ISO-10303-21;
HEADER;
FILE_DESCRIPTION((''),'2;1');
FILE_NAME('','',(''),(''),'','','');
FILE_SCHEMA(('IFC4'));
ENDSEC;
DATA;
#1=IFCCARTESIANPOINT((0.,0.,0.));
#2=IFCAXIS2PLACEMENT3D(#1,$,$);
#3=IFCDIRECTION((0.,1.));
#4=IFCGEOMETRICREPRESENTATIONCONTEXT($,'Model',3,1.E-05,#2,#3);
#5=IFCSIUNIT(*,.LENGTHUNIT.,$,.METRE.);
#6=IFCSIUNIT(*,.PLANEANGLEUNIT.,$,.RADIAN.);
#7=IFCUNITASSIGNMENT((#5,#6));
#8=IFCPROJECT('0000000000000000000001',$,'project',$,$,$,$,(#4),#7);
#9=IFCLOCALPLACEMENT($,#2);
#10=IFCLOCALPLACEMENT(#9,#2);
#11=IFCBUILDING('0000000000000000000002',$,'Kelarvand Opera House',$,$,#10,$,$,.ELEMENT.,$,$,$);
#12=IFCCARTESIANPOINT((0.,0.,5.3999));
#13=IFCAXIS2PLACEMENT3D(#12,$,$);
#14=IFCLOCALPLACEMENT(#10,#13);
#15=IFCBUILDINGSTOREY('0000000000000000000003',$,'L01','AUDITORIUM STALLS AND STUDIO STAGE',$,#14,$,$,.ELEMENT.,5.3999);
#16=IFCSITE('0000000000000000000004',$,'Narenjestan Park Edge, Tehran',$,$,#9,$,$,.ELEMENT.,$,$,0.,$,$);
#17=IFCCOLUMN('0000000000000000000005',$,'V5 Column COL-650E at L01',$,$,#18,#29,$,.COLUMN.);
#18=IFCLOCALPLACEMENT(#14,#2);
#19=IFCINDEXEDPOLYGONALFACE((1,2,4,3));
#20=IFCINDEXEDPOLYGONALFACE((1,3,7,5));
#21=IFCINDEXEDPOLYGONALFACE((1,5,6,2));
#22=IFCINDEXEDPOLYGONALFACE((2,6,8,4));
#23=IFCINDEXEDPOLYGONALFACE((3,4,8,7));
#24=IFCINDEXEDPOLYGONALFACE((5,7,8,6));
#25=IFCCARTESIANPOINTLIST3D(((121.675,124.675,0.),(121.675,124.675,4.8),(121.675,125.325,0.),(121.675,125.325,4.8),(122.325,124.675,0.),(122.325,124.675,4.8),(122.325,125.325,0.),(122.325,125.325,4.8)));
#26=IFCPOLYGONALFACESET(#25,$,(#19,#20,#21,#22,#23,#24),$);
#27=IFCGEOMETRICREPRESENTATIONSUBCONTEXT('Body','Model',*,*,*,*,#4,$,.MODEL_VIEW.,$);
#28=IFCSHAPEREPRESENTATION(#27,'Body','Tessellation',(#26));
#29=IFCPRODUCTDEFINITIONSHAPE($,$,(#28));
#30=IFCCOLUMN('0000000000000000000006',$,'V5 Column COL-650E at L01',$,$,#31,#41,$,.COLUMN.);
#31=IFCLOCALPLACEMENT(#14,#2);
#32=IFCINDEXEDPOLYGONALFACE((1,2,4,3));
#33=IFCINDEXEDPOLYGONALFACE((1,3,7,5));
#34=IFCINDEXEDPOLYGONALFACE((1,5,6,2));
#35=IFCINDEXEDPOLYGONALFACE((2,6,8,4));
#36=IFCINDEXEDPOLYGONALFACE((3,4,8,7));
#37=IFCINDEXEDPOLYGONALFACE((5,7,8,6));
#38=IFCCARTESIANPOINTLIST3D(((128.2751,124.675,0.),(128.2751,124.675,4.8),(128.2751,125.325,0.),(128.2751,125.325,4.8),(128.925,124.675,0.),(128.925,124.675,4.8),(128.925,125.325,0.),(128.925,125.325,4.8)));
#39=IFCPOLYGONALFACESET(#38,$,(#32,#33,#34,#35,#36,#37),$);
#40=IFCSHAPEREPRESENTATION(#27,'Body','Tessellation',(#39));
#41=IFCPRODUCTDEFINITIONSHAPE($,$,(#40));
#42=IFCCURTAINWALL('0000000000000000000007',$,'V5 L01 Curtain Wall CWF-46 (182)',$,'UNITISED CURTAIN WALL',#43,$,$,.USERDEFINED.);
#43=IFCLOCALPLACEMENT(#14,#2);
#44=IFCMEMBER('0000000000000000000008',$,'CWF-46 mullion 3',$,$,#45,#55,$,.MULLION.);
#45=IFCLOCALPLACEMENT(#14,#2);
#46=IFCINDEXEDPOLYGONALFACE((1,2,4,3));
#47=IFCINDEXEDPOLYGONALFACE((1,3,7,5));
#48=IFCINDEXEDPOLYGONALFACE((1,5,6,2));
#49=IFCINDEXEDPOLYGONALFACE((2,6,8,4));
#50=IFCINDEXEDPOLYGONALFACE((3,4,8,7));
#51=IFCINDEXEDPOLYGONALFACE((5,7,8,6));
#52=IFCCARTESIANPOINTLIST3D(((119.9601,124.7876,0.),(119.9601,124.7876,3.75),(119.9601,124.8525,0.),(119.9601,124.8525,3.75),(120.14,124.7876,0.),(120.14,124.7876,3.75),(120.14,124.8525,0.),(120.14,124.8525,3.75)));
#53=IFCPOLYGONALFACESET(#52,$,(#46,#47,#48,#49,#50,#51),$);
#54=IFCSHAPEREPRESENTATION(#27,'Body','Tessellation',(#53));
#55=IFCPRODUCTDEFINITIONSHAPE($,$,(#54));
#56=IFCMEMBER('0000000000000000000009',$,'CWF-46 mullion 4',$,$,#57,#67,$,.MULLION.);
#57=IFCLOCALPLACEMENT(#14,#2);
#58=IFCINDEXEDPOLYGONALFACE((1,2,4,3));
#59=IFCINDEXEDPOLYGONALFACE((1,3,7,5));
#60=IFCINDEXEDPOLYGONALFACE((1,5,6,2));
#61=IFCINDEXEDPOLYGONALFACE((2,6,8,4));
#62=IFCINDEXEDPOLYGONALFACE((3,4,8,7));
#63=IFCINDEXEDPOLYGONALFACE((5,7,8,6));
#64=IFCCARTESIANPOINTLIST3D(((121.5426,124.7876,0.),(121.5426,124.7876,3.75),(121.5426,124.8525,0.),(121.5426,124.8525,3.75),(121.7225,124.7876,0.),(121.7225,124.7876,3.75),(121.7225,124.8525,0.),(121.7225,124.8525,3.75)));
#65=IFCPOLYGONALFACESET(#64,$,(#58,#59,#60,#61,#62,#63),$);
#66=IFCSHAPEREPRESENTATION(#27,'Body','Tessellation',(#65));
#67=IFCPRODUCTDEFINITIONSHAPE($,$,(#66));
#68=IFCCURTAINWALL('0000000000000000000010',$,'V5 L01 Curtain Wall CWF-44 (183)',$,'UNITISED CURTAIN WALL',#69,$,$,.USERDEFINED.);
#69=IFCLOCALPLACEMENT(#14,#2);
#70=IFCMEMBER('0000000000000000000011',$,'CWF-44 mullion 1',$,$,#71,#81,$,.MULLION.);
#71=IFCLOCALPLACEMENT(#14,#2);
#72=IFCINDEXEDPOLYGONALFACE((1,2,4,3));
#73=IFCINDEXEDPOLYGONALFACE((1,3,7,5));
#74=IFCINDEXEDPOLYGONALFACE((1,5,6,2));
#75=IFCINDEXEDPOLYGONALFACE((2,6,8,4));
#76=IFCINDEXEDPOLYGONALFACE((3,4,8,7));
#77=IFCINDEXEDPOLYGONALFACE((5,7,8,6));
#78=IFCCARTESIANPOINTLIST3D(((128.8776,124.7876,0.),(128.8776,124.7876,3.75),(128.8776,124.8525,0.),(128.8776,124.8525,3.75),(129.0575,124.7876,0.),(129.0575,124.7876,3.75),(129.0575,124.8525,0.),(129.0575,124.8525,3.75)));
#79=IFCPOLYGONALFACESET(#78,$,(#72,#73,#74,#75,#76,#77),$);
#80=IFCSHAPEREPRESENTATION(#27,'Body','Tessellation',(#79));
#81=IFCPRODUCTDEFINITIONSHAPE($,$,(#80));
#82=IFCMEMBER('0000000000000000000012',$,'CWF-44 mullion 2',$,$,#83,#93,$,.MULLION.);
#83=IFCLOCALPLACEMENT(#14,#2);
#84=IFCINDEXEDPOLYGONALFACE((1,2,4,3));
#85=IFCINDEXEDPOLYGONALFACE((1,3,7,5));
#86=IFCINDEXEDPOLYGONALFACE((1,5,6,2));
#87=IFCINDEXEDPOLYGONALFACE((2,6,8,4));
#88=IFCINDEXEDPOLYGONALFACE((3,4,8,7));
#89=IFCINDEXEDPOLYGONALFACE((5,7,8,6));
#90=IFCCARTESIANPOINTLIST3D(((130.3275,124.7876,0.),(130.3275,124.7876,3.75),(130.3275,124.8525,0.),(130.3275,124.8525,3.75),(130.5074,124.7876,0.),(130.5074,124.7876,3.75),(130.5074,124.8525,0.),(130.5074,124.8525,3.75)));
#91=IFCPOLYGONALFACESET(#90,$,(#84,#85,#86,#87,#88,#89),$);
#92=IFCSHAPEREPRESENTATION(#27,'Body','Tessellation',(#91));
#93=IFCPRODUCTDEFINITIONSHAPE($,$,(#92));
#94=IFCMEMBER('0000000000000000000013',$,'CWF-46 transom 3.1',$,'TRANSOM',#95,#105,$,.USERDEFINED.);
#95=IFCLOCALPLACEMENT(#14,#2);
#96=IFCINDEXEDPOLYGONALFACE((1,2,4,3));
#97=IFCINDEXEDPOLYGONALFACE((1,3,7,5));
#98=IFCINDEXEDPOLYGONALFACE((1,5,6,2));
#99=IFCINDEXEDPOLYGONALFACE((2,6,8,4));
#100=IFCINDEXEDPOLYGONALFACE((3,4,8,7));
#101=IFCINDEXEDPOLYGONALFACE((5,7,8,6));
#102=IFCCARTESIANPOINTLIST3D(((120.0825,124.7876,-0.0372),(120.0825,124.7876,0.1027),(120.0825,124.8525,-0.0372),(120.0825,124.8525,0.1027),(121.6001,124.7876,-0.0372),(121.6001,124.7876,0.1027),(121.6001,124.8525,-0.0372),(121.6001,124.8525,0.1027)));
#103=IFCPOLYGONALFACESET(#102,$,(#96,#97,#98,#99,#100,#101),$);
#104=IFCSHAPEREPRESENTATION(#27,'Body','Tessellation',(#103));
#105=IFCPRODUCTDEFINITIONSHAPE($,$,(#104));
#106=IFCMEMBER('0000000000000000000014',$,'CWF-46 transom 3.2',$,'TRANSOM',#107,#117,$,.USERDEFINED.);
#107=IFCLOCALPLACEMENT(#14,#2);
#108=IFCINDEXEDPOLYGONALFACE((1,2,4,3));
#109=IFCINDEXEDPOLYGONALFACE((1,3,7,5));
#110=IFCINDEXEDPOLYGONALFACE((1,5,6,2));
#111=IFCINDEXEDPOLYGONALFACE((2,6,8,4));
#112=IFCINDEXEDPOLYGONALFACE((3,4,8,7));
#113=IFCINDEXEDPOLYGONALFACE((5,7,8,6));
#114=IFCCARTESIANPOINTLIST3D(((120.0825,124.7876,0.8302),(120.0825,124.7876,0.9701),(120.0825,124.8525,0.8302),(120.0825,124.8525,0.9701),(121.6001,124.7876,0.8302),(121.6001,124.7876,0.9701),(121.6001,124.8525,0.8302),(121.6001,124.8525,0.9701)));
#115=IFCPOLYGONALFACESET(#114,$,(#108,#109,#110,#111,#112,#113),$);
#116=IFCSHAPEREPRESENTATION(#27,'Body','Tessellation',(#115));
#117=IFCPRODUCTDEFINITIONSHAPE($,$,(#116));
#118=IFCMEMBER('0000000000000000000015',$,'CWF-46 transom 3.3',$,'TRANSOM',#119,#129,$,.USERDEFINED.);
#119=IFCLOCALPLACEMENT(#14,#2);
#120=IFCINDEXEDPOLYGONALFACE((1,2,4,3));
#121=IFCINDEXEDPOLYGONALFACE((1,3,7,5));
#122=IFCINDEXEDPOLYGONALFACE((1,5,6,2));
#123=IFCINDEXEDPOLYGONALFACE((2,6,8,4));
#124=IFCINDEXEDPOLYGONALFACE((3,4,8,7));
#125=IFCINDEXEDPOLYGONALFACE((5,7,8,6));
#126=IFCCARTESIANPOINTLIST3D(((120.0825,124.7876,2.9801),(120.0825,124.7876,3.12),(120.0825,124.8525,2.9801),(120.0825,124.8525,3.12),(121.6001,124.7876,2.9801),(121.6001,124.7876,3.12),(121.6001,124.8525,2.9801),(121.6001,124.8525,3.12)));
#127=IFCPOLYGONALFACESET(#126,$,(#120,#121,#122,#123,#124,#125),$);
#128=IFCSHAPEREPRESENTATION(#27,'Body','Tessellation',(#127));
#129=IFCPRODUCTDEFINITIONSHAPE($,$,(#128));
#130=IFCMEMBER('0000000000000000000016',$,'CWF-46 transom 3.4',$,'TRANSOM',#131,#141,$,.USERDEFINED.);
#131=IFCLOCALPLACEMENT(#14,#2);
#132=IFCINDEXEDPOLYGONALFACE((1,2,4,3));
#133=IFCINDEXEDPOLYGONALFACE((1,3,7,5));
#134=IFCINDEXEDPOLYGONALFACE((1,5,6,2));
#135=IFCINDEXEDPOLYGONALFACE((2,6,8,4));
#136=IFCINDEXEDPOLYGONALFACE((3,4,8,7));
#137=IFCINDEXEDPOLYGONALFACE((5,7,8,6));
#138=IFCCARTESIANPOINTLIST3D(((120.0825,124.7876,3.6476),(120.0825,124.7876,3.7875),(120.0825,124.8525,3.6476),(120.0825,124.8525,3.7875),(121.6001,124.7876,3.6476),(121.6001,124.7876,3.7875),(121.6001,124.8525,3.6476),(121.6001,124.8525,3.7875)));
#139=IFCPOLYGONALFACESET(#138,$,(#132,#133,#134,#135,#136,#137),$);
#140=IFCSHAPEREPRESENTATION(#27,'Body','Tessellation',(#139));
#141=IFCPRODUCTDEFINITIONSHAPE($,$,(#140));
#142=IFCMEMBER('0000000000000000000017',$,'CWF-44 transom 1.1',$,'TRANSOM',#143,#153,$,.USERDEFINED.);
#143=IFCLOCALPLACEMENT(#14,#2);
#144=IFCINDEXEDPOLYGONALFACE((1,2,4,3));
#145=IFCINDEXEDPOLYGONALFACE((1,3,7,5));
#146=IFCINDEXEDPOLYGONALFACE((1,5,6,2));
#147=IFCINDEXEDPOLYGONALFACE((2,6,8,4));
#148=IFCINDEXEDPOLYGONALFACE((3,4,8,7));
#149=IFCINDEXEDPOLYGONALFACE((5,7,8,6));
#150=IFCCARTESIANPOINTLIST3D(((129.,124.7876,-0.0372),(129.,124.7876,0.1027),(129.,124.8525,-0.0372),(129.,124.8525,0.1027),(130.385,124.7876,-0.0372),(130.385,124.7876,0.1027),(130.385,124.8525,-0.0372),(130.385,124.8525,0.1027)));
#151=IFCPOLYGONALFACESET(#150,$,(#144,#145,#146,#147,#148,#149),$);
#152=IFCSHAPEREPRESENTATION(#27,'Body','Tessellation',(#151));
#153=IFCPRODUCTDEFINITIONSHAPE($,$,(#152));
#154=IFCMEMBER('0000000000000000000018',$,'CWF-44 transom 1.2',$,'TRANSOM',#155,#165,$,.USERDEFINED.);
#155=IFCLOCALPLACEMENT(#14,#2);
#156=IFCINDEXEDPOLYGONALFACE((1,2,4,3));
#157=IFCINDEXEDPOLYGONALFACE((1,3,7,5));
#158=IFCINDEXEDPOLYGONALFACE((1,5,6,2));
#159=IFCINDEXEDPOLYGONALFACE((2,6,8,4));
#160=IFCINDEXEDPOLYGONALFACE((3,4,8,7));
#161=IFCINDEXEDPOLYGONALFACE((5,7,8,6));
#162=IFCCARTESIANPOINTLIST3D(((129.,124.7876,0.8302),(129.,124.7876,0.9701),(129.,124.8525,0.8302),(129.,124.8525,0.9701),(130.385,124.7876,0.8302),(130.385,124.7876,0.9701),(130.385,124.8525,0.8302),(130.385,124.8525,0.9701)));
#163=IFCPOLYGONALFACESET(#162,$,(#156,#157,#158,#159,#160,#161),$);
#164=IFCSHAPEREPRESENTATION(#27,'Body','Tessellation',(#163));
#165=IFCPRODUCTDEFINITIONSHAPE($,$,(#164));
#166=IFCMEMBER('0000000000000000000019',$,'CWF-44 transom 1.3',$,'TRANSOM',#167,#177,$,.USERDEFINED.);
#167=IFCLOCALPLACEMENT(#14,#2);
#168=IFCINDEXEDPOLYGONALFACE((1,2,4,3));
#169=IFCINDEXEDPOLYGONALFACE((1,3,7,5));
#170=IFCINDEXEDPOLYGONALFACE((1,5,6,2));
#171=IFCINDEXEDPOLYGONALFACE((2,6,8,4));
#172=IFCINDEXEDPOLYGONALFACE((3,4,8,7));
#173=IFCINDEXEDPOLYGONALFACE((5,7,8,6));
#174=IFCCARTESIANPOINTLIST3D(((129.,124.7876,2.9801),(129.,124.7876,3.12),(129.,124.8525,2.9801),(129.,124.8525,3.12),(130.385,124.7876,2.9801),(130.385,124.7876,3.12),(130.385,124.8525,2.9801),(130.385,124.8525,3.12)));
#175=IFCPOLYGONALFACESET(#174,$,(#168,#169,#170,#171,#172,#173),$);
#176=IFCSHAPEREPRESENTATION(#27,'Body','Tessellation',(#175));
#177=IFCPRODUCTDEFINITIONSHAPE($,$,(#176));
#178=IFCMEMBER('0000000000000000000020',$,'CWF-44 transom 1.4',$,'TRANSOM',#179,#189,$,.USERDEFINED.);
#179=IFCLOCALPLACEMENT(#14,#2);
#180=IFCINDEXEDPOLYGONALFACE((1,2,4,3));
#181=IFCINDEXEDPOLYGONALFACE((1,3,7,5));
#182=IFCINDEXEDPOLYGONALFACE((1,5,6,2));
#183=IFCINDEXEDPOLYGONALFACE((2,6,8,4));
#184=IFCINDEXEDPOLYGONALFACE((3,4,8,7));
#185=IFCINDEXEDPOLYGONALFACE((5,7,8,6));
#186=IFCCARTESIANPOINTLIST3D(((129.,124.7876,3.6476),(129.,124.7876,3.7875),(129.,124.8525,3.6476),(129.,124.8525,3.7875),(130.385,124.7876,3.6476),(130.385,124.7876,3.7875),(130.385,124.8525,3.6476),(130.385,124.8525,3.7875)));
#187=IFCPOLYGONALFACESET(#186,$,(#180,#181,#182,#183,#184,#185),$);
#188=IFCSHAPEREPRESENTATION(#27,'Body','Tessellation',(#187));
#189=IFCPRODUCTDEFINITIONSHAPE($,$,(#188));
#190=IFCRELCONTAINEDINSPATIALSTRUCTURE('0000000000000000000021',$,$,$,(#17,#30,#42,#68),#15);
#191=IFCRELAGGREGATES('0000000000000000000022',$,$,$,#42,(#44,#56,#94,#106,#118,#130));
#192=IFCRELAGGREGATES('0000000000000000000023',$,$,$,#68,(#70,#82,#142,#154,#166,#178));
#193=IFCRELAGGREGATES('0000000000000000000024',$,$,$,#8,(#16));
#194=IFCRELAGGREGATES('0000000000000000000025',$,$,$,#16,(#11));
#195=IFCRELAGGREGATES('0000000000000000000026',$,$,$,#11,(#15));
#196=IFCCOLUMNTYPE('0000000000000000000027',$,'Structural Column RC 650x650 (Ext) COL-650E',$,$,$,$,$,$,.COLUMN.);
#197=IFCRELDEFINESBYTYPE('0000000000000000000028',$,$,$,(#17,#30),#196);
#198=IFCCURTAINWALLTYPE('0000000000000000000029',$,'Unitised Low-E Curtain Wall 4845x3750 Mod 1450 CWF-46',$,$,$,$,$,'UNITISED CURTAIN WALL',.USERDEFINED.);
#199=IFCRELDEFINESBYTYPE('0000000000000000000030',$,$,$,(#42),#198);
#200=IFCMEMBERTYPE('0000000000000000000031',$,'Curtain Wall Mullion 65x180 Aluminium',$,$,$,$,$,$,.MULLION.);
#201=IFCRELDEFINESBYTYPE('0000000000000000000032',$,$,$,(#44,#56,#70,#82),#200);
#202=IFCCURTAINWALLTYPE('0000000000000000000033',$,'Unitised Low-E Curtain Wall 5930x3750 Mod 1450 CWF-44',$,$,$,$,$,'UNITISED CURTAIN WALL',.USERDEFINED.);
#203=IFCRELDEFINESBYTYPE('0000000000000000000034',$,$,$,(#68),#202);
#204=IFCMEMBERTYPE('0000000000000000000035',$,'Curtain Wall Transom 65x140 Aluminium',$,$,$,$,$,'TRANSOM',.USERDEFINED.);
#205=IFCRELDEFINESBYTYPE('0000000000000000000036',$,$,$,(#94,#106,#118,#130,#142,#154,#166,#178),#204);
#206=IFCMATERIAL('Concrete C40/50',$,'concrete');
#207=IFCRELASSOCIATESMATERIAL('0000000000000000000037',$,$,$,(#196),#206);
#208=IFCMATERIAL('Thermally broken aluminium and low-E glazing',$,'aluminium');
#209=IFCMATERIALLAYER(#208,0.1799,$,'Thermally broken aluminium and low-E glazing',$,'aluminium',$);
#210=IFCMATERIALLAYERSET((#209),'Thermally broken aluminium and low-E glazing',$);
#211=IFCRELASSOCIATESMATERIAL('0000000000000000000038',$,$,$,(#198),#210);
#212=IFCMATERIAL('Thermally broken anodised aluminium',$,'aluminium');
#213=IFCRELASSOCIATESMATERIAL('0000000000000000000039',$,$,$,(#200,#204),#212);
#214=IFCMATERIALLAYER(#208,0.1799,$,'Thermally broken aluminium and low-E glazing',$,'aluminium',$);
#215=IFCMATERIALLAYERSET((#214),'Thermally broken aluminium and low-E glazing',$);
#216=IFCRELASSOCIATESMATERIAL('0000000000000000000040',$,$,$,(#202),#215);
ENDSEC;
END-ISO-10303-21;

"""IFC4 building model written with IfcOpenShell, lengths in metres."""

from ifc_helpers import new_model, si_unit, direction, frame, origin, origin_2d, place, context, subcontext, project, spatial, rectangle, extrude, material, layer, layer_set, material_profile, profile_set, type_object, element, aggregate, save


model = new_model("IFC4")

# Units and contexts
model_context = context("Model", 3, precision=1e-05, world=origin(), true_north=direction((0.0, 1.0)))
body_context = subcontext(model_context, "Body", "Model", "MODEL_VIEW")
ifc_project = project(units=[si_unit("LENGTHUNIT", "METRE"), si_unit("PLANEANGLEUNIT", "RADIAN")], contexts=[model_context])

# Site, building, storey
site_placement = place(None, origin())
site = spatial("IfcSite", under=ifc_project, at=site_placement, Name="Narenjestan Park Edge, Tehran", CompositionType="ELEMENT", RefElevation=0.0)
building_placement = place(site_placement, origin())
building = spatial("IfcBuilding", under=site, at=building_placement, Name="Kelarvand Opera House", CompositionType="ELEMENT")
storey_placement = place(building_placement, frame((0.0, 0.0, 5.3999)))
storey = spatial("IfcBuildingStorey", under=building, at=storey_placement, Name="L01", Description="AUDITORIUM STALLS AND STUDIO STAGE", CompositionType="ELEMENT", Elevation=5.3999)

# Columns
ifc_material_1 = material(Name="Concrete C40/50", Category="concrete")
ifc_material_profile_1 = material_profile(ifc_material_1, rectangle(XDim=0.6499, YDim=0.6499, at=origin_2d()), Name="RC 650x650", Category="concrete")
ifc_profile_set_1 = profile_set([ifc_material_profile_1], Name="Concrete C40/50")
column_type = type_object("IfcColumnType", Name="Structural Column RC 650x650 (Ext) COL-650E", PredefinedType="COLUMN", material=ifc_profile_set_1)
for number, where, z_axis, x_axis, name in (
    (1, (122.0, 125.0, 0.0), (0.0, 0.0, 1.0), (1.0, 0.0, 0.0), "V5 Column COL-650E at L01"),
    (2, (128.6001, 125.0, 0.0), (0.0, 0.0, 1.0), (1.0, 0.0, 0.0), "V5 Column COL-650E at L01"),
):
    element("IfcColumn", number, at=place(storey_placement, frame(where, z_axis=z_axis, x_axis=x_axis)), inside=storey, type_object=column_type, Name=name, PredefinedType="COLUMN", context=body_context, shape_type="SweptSolid", body=[
        extrude(rectangle(XDim=0.6499, YDim=0.6499, at=origin_2d()), origin(), (0.0, 0.0, 1.0), 4.8),
    ])

# Curtain walls, members
ifc_material_2 = material(Name="Thermally broken aluminium and low-E glazing", Category="aluminium")
ifc_layer_1 = layer(ifc_material_2, 0.1799, Name="Thermally broken aluminium and low-E glazing", Category="aluminium")
ifc_layer_set_1 = layer_set([ifc_layer_1], Name="Thermally broken aluminium and low-E glazing")
curtain_wall_type_1 = type_object("IfcCurtainWallType", Name="Unitised Low-E Curtain Wall 4845x3750 Mod 1450 CWF-46", ElementType="UNITISED CURTAIN WALL", PredefinedType="USERDEFINED", material=ifc_layer_set_1)
curtain_wall_1_placement = place(storey_placement, origin())
curtain_wall_1 = element("IfcCurtainWall", 3, at=curtain_wall_1_placement, inside=storey, type_object=curtain_wall_type_1, Name="V5 L01 Curtain Wall CWF-46 (182)", ObjectType="UNITISED CURTAIN WALL", PredefinedType="USERDEFINED")
ifc_material_3 = material(Name="Thermally broken anodised aluminium", Category="aluminium")
ifc_material_profile_2 = material_profile(ifc_material_3, rectangle(XDim=0.0649, YDim=0.1799, at=origin_2d()), Name="ALU MULLION 65x180", Category="aluminium")
ifc_profile_set_2 = profile_set([ifc_material_profile_2], Name="Thermally broken anodised aluminium")
member_type_1 = type_object("IfcMemberType", Name="Curtain Wall Mullion 65x180 Aluminium", PredefinedType="MULLION", material=ifc_profile_set_2)
member_1_placement = place(storey_placement, frame((120.05, 124.8201, 0.0), z_axis=(0.0, 0.0, 1.0), x_axis=(0.0, 1.0, 0.0)))
member_1 = element("IfcMember", 4, at=member_1_placement, type_object=member_type_1, Name="CWF-46 mullion 3", PredefinedType="MULLION", context=body_context, shape_type="SweptSolid", body=[
    extrude(rectangle(XDim=0.0649, YDim=0.1799, at=origin_2d()), origin(), (0.0, 0.0, 1.0), 3.75),
])
member_2_placement = place(storey_placement, frame((121.6326, 124.8201, 0.0), z_axis=(0.0, 0.0, 1.0), x_axis=(0.0, 1.0, 0.0)))
member_2 = element("IfcMember", 5, at=member_2_placement, type_object=member_type_1, Name="CWF-46 mullion 4", PredefinedType="MULLION", context=body_context, shape_type="SweptSolid", body=[
    extrude(rectangle(XDim=0.0649, YDim=0.1799, at=origin_2d()), origin(), (0.0, 0.0, 1.0), 3.75),
])
ifc_layer_2 = layer(ifc_material_2, 0.1799, Name="Thermally broken aluminium and low-E glazing", Category="aluminium")
ifc_layer_set_2 = layer_set([ifc_layer_2], Name="Thermally broken aluminium and low-E glazing")
curtain_wall_type_2 = type_object("IfcCurtainWallType", Name="Unitised Low-E Curtain Wall 5930x3750 Mod 1450 CWF-44", ElementType="UNITISED CURTAIN WALL", PredefinedType="USERDEFINED", material=ifc_layer_set_2)
curtain_wall_2_placement = place(storey_placement, origin())
curtain_wall_2 = element("IfcCurtainWall", 6, at=curtain_wall_2_placement, inside=storey, type_object=curtain_wall_type_2, Name="V5 L01 Curtain Wall CWF-44 (183)", ObjectType="UNITISED CURTAIN WALL", PredefinedType="USERDEFINED")
member_3_placement = place(storey_placement, frame((128.9675, 124.8201, 0.0), z_axis=(0.0, 0.0, 1.0), x_axis=(0.0, 1.0, 0.0)))
member_3 = element("IfcMember", 7, at=member_3_placement, type_object=member_type_1, Name="CWF-44 mullion 1", PredefinedType="MULLION", context=body_context, shape_type="SweptSolid", body=[
    extrude(rectangle(XDim=0.0649, YDim=0.1799, at=origin_2d()), origin(), (0.0, 0.0, 1.0), 3.75),
])
member_4_placement = place(storey_placement, frame((130.4175, 124.8201, 0.0), z_axis=(0.0, 0.0, 1.0), x_axis=(0.0, 1.0, 0.0)))
member_4 = element("IfcMember", 8, at=member_4_placement, type_object=member_type_1, Name="CWF-44 mullion 2", PredefinedType="MULLION", context=body_context, shape_type="SweptSolid", body=[
    extrude(rectangle(XDim=0.0649, YDim=0.1799, at=origin_2d()), origin(), (0.0, 0.0, 1.0), 3.75),
])

# Members
ifc_material_profile_3 = material_profile(ifc_material_3, rectangle(XDim=0.0649, YDim=0.1399, at=origin_2d()), Name="ALU TRANSOM 65x140", Category="aluminium")
ifc_profile_set_3 = profile_set([ifc_material_profile_3], Name="Thermally broken anodised aluminium")
member_type_2 = type_object("IfcMemberType", Name="Curtain Wall Transom 65x140 Aluminium", ElementType="TRANSOM", PredefinedType="USERDEFINED", material=ifc_profile_set_3)
member_5_placement = place(storey_placement, frame((120.0825, 124.8201, 0.0327), z_axis=(1.0, 0.0, 0.0), x_axis=(0.0, 1.0, 0.0)))
member_5 = element("IfcMember", 9, at=member_5_placement, type_object=member_type_2, Name="CWF-46 transom 3.1", ObjectType="TRANSOM", PredefinedType="USERDEFINED", context=body_context, shape_type="SweptSolid", body=[
    extrude(rectangle(XDim=0.0649, YDim=0.1399, at=origin_2d()), origin(), (0.0, 0.0, 1.0), 1.5176),
])
member_6_placement = place(storey_placement, frame((120.0825, 124.8201, 0.9001), z_axis=(1.0, 0.0, 0.0), x_axis=(0.0, 1.0, 0.0)))
member_6 = element("IfcMember", 10, at=member_6_placement, type_object=member_type_2, Name="CWF-46 transom 3.2", ObjectType="TRANSOM", PredefinedType="USERDEFINED", context=body_context, shape_type="SweptSolid", body=[
    extrude(rectangle(XDim=0.0649, YDim=0.1399, at=origin_2d()), origin(), (0.0, 0.0, 1.0), 1.5176),
])
member_7_placement = place(storey_placement, frame((120.0825, 124.8201, 3.05), z_axis=(1.0, 0.0, 0.0), x_axis=(0.0, 1.0, 0.0)))
member_7 = element("IfcMember", 11, at=member_7_placement, type_object=member_type_2, Name="CWF-46 transom 3.3", ObjectType="TRANSOM", PredefinedType="USERDEFINED", context=body_context, shape_type="SweptSolid", body=[
    extrude(rectangle(XDim=0.0649, YDim=0.1399, at=origin_2d()), origin(), (0.0, 0.0, 1.0), 1.5176),
])
member_8_placement = place(storey_placement, frame((120.0825, 124.8201, 3.7175), z_axis=(1.0, 0.0, 0.0), x_axis=(0.0, 1.0, 0.0)))
member_8 = element("IfcMember", 12, at=member_8_placement, type_object=member_type_2, Name="CWF-46 transom 3.4", ObjectType="TRANSOM", PredefinedType="USERDEFINED", context=body_context, shape_type="SweptSolid", body=[
    extrude(rectangle(XDim=0.0649, YDim=0.1399, at=origin_2d()), origin(), (0.0, 0.0, 1.0), 1.5176),
])
member_9_placement = place(storey_placement, frame((129.0, 124.8201, 0.0327), z_axis=(1.0, 0.0, 0.0), x_axis=(0.0, 1.0, 0.0)))
member_9 = element("IfcMember", 13, at=member_9_placement, type_object=member_type_2, Name="CWF-44 transom 1.1", ObjectType="TRANSOM", PredefinedType="USERDEFINED", context=body_context, shape_type="SweptSolid", body=[
    extrude(rectangle(XDim=0.0649, YDim=0.1399, at=origin_2d()), origin(), (0.0, 0.0, 1.0), 1.385),
])
member_10_placement = place(storey_placement, frame((129.0, 124.8201, 0.9001), z_axis=(1.0, 0.0, 0.0), x_axis=(0.0, 1.0, 0.0)))
member_10 = element("IfcMember", 14, at=member_10_placement, type_object=member_type_2, Name="CWF-44 transom 1.2", ObjectType="TRANSOM", PredefinedType="USERDEFINED", context=body_context, shape_type="SweptSolid", body=[
    extrude(rectangle(XDim=0.0649, YDim=0.1399, at=origin_2d()), origin(), (0.0, 0.0, 1.0), 1.385),
])
member_11_placement = place(storey_placement, frame((129.0, 124.8201, 3.05), z_axis=(1.0, 0.0, 0.0), x_axis=(0.0, 1.0, 0.0)))
member_11 = element("IfcMember", 15, at=member_11_placement, type_object=member_type_2, Name="CWF-44 transom 1.3", ObjectType="TRANSOM", PredefinedType="USERDEFINED", context=body_context, shape_type="SweptSolid", body=[
    extrude(rectangle(XDim=0.0649, YDim=0.1399, at=origin_2d()), origin(), (0.0, 0.0, 1.0), 1.385),
])
member_12_placement = place(storey_placement, frame((129.0, 124.8201, 3.7175), z_axis=(1.0, 0.0, 0.0), x_axis=(0.0, 1.0, 0.0)))
member_12 = element("IfcMember", 16, at=member_12_placement, type_object=member_type_2, Name="CWF-44 transom 1.4", ObjectType="TRANSOM", PredefinedType="USERDEFINED", context=body_context, shape_type="SweptSolid", body=[
    extrude(rectangle(XDim=0.0649, YDim=0.1399, at=origin_2d()), origin(), (0.0, 0.0, 1.0), 1.385),
])

aggregate(curtain_wall_1, [member_1, member_2, member_5, member_6, member_7, member_8])
aggregate(curtain_wall_2, [member_3, member_4, member_9, member_10, member_11, member_12])

save(model, "model.ifc")
